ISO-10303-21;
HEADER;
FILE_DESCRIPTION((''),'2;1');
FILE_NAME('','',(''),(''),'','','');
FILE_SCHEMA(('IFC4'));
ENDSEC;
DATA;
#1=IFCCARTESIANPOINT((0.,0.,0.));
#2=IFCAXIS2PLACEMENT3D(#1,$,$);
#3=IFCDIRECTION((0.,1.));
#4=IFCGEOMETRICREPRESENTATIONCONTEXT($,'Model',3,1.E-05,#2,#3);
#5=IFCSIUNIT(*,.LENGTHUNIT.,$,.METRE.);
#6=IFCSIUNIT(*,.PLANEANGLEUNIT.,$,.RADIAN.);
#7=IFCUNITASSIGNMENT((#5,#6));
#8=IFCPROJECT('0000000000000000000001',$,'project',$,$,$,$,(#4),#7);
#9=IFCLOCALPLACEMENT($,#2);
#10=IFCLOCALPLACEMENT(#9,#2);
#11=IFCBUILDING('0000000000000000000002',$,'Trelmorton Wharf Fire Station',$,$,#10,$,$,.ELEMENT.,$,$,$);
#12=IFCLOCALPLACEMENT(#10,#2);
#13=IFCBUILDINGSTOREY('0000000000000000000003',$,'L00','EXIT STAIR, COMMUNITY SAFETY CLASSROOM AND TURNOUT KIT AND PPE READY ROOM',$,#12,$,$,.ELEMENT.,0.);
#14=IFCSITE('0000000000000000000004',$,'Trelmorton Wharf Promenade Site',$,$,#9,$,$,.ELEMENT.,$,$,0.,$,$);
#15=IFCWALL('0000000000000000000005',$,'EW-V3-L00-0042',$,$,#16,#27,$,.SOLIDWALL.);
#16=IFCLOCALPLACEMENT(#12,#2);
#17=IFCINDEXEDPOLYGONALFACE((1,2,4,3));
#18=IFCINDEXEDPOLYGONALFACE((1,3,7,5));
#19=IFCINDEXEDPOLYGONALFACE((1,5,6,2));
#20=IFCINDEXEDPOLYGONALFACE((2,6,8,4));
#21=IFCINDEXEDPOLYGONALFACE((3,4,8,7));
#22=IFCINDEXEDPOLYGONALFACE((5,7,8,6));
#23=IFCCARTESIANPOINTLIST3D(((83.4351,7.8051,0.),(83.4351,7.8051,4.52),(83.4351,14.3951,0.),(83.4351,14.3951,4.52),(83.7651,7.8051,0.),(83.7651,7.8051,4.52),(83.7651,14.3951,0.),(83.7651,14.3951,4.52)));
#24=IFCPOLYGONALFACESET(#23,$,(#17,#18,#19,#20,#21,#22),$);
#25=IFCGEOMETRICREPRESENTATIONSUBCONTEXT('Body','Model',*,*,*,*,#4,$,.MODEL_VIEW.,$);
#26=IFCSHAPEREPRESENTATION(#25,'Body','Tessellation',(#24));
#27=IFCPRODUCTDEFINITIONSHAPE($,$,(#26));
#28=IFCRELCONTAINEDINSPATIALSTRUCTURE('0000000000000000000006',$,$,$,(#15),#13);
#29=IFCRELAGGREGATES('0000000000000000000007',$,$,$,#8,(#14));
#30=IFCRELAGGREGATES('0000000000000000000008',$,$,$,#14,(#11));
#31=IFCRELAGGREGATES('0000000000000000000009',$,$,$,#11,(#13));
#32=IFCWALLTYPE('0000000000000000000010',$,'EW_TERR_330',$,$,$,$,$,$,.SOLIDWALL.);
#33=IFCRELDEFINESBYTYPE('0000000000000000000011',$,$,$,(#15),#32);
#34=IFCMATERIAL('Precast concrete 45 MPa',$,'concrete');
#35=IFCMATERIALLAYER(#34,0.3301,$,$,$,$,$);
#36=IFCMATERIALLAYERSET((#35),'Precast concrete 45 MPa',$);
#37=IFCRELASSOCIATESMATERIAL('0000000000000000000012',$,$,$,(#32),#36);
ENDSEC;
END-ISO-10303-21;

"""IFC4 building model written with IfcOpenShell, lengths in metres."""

from ifc_helpers import new_model, si_unit, direction, frame, frame_2d, origin, place, context, subcontext, project, spatial, rectangle, extrude, material, layer, layer_set, type_object, element, save


model = new_model("IFC4")

# Units and contexts
model_context = context("Model", 3, precision=1e-05, world=origin(), true_north=direction((0.0, 1.0)))
body_context = subcontext(model_context, "Body", "Model", "MODEL_VIEW")
ifc_project = project(units=[si_unit("LENGTHUNIT", "METRE"), si_unit("PLANEANGLEUNIT", "RADIAN")], contexts=[model_context])

# Site, building, storey
site_placement = place(None, origin())
site = spatial("IfcSite", under=ifc_project, at=site_placement, Name="Trelmorton Wharf Promenade Site", CompositionType="ELEMENT", RefElevation=0.0)
building_placement = place(site_placement, origin())
building = spatial("IfcBuilding", under=site, at=building_placement, Name="Trelmorton Wharf Fire Station", CompositionType="ELEMENT")
storey_placement = place(building_placement, origin())
storey = spatial("IfcBuildingStorey", under=building, at=storey_placement, Name="L00", Description="EXIT STAIR, COMMUNITY SAFETY CLASSROOM AND TURNOUT KIT AND PPE READY ROOM", CompositionType="ELEMENT", Elevation=0.0)

# Wall
ifc_material_1 = material(Name="Precast concrete 45 MPa", Category="concrete")
ifc_layer_1 = layer(ifc_material_1, 0.3301)
ifc_layer_set_1 = layer_set([ifc_layer_1], Name="Precast concrete 45 MPa")
wall_type = type_object("IfcWallType", Name="EW_TERR_330", PredefinedType="SOLIDWALL", material=ifc_layer_set_1)
wall_placement = place(storey_placement, frame((83.6001, 14.395, 0.0), z_axis=(0.0, 0.0, 1.0), x_axis=(0.0, -1.0, 0.0)))
element("IfcWall", 1, at=wall_placement, inside=storey, type_object=wall_type, Name="EW-V3-L00-0042", PredefinedType="SOLIDWALL", context=body_context, shape_type="SweptSolid", body=[
    extrude(rectangle(XDim=6.5901, YDim=0.3301, at=frame_2d((3.2949, 0.0))), origin(), (0.0, 0.0, 1.0), 4.52),
])

save(model, "model.ifc")
